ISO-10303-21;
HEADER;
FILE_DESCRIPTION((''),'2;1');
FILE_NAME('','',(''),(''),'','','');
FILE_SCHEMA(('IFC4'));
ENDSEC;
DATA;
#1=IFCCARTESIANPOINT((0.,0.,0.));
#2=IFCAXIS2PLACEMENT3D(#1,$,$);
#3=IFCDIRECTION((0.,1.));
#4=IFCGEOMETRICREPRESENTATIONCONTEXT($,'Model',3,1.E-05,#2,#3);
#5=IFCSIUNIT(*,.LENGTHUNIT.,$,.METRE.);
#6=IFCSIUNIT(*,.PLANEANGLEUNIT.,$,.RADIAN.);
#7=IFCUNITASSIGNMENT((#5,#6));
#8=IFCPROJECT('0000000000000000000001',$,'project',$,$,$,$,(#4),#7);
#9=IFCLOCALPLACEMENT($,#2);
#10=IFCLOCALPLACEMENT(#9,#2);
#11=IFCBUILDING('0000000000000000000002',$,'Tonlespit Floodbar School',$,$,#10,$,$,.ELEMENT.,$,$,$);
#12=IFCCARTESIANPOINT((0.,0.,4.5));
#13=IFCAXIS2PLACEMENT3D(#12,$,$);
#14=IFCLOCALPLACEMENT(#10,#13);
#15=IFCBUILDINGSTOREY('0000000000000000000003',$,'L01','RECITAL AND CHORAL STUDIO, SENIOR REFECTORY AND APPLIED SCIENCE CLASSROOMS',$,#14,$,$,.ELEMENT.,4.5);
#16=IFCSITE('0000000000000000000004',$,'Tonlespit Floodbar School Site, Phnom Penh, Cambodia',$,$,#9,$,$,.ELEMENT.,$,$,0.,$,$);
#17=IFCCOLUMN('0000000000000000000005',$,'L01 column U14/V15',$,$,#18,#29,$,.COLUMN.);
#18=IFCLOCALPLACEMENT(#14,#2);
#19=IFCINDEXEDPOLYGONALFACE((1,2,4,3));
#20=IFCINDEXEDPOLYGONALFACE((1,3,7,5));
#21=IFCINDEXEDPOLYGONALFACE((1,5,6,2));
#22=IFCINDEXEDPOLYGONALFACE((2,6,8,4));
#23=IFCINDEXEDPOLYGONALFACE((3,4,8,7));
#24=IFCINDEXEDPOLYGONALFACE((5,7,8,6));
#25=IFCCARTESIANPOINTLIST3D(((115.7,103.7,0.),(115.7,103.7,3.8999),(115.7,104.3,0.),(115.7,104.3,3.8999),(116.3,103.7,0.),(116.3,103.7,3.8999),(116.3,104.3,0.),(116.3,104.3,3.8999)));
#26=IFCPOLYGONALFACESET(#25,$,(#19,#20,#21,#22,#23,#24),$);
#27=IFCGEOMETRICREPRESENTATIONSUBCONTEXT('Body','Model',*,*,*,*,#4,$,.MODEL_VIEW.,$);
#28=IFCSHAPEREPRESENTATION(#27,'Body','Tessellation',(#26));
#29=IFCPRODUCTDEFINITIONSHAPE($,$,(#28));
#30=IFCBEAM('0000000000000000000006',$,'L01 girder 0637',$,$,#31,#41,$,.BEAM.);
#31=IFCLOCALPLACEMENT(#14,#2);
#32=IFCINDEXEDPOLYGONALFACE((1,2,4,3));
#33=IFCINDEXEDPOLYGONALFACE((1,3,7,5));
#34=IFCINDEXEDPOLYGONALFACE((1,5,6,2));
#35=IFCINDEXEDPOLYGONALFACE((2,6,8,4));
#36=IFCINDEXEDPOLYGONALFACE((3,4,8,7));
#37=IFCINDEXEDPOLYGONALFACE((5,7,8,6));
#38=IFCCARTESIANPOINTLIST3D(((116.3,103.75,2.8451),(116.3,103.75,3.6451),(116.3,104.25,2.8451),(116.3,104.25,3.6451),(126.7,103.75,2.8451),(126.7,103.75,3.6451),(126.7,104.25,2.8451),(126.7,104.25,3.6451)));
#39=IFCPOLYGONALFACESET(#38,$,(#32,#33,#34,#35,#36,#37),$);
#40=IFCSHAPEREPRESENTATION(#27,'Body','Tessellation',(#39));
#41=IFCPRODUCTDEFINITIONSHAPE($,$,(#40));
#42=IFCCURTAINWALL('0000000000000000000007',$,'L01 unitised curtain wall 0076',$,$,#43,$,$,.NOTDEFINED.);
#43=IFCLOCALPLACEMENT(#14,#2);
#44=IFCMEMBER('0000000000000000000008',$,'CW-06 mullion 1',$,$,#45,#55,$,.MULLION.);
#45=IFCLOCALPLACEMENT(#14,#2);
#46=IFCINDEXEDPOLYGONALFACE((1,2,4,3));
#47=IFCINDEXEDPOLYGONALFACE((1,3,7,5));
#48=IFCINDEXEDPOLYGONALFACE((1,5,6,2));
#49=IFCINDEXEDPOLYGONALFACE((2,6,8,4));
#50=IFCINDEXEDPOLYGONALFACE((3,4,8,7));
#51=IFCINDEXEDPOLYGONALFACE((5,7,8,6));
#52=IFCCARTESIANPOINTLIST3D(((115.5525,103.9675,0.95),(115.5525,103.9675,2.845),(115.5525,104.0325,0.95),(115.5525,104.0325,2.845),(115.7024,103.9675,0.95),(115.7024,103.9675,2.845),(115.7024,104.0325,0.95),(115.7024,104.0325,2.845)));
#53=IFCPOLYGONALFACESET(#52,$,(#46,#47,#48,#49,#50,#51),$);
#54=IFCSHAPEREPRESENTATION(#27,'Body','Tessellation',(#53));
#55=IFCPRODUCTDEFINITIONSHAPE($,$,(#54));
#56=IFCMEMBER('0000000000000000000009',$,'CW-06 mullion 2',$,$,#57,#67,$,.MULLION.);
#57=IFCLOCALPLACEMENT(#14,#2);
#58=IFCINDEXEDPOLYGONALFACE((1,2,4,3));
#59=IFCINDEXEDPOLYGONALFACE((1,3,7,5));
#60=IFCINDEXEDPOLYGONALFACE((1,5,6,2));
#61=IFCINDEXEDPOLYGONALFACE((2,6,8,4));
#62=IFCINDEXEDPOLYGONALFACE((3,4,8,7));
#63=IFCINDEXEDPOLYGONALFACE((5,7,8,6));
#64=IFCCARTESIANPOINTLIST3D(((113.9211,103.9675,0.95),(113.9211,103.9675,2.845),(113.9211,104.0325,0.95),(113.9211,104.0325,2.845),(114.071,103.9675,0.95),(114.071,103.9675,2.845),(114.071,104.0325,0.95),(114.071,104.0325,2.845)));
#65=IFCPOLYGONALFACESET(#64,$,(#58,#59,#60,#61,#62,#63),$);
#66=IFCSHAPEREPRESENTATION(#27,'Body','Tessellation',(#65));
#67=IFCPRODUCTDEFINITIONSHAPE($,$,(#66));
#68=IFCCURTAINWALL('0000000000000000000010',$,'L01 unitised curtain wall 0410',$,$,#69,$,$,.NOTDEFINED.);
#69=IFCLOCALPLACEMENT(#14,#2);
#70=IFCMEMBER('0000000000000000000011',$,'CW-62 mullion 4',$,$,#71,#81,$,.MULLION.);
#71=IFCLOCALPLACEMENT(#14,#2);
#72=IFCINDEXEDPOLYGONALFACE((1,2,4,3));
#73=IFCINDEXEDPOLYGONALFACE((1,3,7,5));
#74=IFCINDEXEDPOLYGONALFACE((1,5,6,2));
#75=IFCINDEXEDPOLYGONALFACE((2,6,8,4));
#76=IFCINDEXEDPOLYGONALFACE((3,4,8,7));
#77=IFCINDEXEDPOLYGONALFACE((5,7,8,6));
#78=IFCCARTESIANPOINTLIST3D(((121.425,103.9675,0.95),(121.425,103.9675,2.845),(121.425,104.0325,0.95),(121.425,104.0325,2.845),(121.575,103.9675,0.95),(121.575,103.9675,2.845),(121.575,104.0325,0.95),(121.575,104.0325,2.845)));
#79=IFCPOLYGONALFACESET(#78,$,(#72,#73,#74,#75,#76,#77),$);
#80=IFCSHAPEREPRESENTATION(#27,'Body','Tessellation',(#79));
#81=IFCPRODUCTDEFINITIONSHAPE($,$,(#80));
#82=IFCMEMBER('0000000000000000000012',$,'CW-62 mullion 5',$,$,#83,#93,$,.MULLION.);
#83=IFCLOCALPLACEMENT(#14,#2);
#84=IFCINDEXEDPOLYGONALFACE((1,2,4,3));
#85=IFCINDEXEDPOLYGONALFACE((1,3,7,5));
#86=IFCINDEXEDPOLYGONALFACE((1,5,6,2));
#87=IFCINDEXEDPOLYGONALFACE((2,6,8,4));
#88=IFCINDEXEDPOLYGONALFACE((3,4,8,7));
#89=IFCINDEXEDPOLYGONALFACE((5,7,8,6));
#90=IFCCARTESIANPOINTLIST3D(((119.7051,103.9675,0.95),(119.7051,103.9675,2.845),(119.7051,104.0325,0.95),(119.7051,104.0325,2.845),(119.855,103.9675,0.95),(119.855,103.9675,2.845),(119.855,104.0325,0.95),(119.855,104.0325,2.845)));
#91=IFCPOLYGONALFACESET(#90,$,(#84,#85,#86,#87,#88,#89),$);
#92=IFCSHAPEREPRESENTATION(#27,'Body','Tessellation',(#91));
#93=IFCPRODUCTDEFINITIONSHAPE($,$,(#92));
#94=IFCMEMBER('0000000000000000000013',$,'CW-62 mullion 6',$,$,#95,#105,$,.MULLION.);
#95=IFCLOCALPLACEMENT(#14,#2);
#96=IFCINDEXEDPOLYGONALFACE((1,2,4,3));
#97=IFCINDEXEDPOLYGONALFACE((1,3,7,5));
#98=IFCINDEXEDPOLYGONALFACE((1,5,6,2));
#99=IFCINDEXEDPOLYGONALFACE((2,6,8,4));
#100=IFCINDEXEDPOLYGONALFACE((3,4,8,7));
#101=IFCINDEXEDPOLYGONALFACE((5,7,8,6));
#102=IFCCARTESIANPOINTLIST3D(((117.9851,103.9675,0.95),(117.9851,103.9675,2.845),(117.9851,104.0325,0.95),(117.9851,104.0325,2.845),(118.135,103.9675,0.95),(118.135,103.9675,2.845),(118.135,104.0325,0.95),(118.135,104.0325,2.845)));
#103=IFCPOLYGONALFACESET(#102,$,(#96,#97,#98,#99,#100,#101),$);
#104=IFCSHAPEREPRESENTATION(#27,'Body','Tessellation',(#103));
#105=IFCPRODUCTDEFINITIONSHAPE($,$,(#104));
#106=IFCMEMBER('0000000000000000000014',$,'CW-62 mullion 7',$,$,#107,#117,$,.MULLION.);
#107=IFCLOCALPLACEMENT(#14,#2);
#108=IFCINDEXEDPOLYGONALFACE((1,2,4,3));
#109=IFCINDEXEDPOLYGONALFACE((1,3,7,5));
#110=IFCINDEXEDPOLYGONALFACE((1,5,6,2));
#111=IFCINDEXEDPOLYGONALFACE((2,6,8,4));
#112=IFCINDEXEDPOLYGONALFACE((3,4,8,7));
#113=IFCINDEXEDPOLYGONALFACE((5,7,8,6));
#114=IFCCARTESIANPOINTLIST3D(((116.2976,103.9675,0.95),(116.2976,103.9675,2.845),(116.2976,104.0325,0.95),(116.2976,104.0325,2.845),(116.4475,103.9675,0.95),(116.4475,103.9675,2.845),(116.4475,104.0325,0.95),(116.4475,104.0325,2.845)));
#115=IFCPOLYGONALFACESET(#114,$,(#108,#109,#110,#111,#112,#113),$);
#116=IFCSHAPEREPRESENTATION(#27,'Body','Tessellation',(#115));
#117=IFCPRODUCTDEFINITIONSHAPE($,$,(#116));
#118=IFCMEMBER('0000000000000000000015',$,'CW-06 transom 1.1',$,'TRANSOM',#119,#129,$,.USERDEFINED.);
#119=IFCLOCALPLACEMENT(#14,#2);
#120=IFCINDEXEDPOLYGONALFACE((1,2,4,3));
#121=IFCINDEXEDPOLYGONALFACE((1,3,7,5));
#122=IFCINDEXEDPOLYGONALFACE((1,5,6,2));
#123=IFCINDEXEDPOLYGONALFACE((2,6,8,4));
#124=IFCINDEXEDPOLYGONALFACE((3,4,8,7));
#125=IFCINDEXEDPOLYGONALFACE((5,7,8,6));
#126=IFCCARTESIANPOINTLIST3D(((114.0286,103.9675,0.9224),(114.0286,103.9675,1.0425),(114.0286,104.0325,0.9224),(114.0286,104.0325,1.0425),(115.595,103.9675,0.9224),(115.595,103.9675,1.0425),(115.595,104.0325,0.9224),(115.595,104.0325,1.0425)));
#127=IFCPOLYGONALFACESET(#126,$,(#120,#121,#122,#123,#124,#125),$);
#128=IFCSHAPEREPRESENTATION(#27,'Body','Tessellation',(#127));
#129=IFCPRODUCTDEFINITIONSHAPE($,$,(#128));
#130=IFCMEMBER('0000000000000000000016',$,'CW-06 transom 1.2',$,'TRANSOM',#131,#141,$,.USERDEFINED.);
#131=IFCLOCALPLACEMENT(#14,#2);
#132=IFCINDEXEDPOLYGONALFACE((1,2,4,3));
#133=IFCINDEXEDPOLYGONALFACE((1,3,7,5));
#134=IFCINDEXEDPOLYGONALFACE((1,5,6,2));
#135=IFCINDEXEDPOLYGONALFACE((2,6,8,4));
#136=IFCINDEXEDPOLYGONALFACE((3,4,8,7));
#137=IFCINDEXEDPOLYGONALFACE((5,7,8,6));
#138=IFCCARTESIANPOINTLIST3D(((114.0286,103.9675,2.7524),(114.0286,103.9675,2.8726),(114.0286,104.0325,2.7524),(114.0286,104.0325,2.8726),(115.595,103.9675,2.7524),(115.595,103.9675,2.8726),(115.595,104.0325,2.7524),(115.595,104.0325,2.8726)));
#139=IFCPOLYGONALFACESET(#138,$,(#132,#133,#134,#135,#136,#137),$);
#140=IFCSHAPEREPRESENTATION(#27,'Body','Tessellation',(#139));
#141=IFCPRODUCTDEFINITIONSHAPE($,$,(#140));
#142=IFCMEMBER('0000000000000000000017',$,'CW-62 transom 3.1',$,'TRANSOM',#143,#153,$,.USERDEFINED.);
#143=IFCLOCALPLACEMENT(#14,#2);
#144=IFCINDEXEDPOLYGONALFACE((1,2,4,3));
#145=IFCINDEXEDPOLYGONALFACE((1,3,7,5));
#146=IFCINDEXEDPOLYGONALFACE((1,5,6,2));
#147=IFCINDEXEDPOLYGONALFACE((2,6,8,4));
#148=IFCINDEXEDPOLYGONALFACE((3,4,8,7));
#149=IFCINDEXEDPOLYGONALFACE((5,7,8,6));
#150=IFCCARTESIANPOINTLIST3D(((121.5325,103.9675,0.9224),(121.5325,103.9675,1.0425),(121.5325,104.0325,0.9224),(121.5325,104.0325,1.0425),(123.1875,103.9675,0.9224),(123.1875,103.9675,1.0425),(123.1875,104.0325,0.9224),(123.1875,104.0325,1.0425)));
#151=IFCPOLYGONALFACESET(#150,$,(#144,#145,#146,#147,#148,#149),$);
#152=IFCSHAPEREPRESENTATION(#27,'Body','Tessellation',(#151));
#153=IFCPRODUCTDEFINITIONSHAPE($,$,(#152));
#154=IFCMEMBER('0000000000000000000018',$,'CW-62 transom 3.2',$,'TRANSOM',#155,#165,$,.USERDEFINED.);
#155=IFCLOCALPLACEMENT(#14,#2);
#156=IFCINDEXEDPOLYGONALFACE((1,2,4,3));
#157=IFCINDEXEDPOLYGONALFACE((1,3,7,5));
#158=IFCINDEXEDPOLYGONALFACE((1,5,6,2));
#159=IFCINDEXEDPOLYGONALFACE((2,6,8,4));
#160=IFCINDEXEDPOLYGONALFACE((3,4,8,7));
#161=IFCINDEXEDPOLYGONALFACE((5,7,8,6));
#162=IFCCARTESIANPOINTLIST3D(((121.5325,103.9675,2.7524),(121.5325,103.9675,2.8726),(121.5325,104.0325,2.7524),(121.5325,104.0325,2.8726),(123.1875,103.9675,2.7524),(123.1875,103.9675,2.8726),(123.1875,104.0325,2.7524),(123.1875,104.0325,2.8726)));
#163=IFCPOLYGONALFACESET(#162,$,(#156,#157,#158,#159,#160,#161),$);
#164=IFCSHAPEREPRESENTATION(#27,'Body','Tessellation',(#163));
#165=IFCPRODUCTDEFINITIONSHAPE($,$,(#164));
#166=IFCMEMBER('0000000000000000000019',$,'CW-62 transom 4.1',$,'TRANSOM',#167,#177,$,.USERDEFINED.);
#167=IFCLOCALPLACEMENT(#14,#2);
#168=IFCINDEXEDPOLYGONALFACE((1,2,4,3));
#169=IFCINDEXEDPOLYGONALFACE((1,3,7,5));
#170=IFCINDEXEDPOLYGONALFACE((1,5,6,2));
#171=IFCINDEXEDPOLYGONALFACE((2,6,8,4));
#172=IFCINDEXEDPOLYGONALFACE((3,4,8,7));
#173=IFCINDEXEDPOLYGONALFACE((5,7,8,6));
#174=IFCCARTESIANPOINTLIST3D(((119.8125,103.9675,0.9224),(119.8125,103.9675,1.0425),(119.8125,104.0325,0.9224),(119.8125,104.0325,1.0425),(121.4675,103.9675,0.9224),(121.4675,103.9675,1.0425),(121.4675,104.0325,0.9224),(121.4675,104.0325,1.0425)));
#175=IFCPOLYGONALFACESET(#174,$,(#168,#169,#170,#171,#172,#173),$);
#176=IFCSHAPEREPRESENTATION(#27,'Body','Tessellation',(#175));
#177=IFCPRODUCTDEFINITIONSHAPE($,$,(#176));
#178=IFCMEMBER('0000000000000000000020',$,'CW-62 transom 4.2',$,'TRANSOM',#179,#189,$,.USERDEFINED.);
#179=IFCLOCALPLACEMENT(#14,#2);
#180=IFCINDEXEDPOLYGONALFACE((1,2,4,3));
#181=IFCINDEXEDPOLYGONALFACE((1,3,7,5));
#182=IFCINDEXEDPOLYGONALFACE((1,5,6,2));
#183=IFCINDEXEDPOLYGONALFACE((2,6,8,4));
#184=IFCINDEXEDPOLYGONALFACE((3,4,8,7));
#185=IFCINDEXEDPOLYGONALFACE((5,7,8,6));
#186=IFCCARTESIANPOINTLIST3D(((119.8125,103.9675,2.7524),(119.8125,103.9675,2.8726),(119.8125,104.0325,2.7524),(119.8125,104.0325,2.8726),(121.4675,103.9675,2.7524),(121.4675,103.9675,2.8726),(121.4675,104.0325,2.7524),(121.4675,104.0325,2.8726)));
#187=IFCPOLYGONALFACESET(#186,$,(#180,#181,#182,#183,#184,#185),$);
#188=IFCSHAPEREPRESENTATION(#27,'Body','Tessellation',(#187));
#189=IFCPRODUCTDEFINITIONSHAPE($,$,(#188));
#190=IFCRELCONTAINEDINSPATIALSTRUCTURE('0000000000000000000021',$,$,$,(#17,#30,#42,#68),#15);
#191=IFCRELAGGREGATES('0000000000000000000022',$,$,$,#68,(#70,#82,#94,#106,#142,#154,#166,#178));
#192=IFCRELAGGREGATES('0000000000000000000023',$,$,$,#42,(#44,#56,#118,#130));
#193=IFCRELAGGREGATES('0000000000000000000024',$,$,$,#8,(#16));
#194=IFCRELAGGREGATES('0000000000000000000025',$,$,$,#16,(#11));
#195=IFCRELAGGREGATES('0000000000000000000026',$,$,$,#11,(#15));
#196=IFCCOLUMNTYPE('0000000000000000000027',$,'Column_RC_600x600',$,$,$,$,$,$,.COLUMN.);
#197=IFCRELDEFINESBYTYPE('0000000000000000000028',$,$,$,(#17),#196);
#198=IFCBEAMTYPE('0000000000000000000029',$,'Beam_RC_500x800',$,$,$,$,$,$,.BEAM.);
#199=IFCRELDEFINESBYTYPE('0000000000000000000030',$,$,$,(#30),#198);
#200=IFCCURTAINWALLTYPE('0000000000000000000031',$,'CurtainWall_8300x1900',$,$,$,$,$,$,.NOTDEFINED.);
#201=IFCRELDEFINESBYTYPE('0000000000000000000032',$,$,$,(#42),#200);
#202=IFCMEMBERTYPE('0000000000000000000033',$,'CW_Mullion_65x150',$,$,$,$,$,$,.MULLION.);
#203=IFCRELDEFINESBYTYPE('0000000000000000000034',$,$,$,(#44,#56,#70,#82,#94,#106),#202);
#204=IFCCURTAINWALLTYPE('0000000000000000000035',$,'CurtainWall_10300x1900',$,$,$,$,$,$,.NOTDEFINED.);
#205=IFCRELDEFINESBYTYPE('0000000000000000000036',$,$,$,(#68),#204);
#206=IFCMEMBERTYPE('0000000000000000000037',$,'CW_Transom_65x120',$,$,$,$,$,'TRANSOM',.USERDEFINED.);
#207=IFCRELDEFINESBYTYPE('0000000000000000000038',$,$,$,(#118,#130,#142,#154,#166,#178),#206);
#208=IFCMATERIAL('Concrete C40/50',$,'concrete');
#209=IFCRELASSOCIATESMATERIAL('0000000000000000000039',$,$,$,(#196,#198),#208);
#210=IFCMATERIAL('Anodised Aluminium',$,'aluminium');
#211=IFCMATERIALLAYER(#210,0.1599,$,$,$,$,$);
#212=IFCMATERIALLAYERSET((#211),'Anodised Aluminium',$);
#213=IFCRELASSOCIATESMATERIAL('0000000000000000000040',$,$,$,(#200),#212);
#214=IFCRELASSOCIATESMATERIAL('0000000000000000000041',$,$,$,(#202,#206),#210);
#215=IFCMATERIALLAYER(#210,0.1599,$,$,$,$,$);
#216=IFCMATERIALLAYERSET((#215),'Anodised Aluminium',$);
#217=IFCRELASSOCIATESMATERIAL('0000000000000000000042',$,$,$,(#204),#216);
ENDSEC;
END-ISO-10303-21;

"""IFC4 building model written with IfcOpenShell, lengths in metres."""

from ifc_helpers import new_model, si_unit, direction, frame, origin, origin_2d, place, context, subcontext, project, spatial, rectangle, extrude, material, layer, layer_set, material_profile, profile_set, type_object, element, aggregate, save


model = new_model("IFC4")

# Units and contexts
model_context = context("Model", 3, precision=1e-05, world=origin(), true_north=direction((0.0, 1.0)))
body_context = subcontext(model_context, "Body", "Model", "MODEL_VIEW")
ifc_project = project(units=[si_unit("LENGTHUNIT", "METRE"), si_unit("PLANEANGLEUNIT", "RADIAN")], contexts=[model_context])

# Site, building, storey
site_placement = place(None, origin())
site = spatial("IfcSite", under=ifc_project, at=site_placement, Name="Tonlespit Floodbar School Site, Phnom Penh, Cambodia", CompositionType="ELEMENT", RefElevation=0.0)
building_placement = place(site_placement, origin())
building = spatial("IfcBuilding", under=site, at=building_placement, Name="Tonlespit Floodbar School", CompositionType="ELEMENT")
storey_placement = place(building_placement, frame((0.0, 0.0, 4.5)))
storey = spatial("IfcBuildingStorey", under=building, at=storey_placement, Name="L01", Description="RECITAL AND CHORAL STUDIO, SENIOR REFECTORY AND APPLIED SCIENCE CLASSROOMS", CompositionType="ELEMENT", Elevation=4.5)

# Column
ifc_material_1 = material(Name="Concrete C40/50", Category="concrete")
ifc_material_profile_1 = material_profile(ifc_material_1, rectangle(XDim=0.6001, YDim=0.6001, at=origin_2d()), Name="RC 600x600")
ifc_profile_set_1 = profile_set([ifc_material_profile_1], Name="Concrete C40/50")
column_type = type_object("IfcColumnType", Name="Column_RC_600x600", PredefinedType="COLUMN", material=ifc_profile_set_1)
column_placement = place(storey_placement, frame((116.0, 104.0, 0.0), z_axis=(0.0, 0.0, 1.0), x_axis=(1.0, 0.0, 0.0)))
element("IfcColumn", 1, at=column_placement, inside=storey, type_object=column_type, Name="L01 column U14/V15", PredefinedType="COLUMN", context=body_context, shape_type="SweptSolid", body=[
    extrude(rectangle(XDim=0.6001, YDim=0.6001, at=origin_2d()), origin(), (0.0, 0.0, 1.0), 3.8999),
])

# Beam
ifc_material_profile_2 = material_profile(ifc_material_1, rectangle(XDim=0.5, YDim=0.8, at=origin_2d()), Name="RC 500x800")
ifc_profile_set_2 = profile_set([ifc_material_profile_2], Name="Concrete C40/50")
beam_type = type_object("IfcBeamType", Name="Beam_RC_500x800", PredefinedType="BEAM", material=ifc_profile_set_2)
beam_placement = place(storey_placement, frame((116.3, 104.0, 3.2451), z_axis=(1.0, 0.0, 0.0), x_axis=(0.0, 1.0, 0.0)))
element("IfcBeam", 2, at=beam_placement, inside=storey, type_object=beam_type, Name="L01 girder 0637", PredefinedType="BEAM", context=body_context, shape_type="SweptSolid", body=[
    extrude(rectangle(XDim=0.5, YDim=0.8, at=origin_2d()), origin(), (0.0, 0.0, 1.0), 10.3999),
])

# Curtain walls, members
ifc_material_2 = material(Name="Anodised Aluminium", Category="aluminium")
ifc_layer_1 = layer(ifc_material_2, 0.1599)
ifc_layer_set_1 = layer_set([ifc_layer_1], Name="Anodised Aluminium")
curtain_wall_type_1 = type_object("IfcCurtainWallType", Name="CurtainWall_8300x1900", PredefinedType="NOTDEFINED", material=ifc_layer_set_1)
curtain_wall_1_placement = place(storey_placement, origin())
curtain_wall_1 = element("IfcCurtainWall", 3, at=curtain_wall_1_placement, inside=storey, type_object=curtain_wall_type_1, Name="L01 unitised curtain wall 0076", PredefinedType="NOTDEFINED")
ifc_material_profile_3 = material_profile(ifc_material_2, rectangle(XDim=0.0649, YDim=0.1499, at=origin_2d()), Name="ALU M65x150")
ifc_profile_set_3 = profile_set([ifc_material_profile_3], Name="Anodised Aluminium")
member_type_1 = type_object("IfcMemberType", Name="CW_Mullion_65x150", PredefinedType="MULLION", material=ifc_profile_set_3)
member_1_placement = place(storey_placement, frame((115.6274, 104.0, 0.95), z_axis=(0.0, 0.0, 1.0), x_axis=(0.0, -1.0, 0.0)))
member_1 = element("IfcMember", 4, at=member_1_placement, type_object=member_type_1, Name="CW-06 mullion 1", PredefinedType="MULLION", context=body_context, shape_type="SweptSolid", body=[
    extrude(rectangle(XDim=0.0649, YDim=0.1499, at=origin_2d()), origin(), (0.0, 0.0, 1.0), 1.895),
])
member_2_placement = place(storey_placement, frame((113.9961, 104.0, 0.95), z_axis=(0.0, 0.0, 1.0), x_axis=(0.0, -1.0, 0.0)))
member_2 = element("IfcMember", 5, at=member_2_placement, type_object=member_type_1, Name="CW-06 mullion 2", PredefinedType="MULLION", context=body_context, shape_type="SweptSolid", body=[
    extrude(rectangle(XDim=0.0649, YDim=0.1499, at=origin_2d()), origin(), (0.0, 0.0, 1.0), 1.895),
])
ifc_layer_2 = layer(ifc_material_2, 0.1599)
ifc_layer_set_2 = layer_set([ifc_layer_2], Name="Anodised Aluminium")
curtain_wall_type_2 = type_object("IfcCurtainWallType", Name="CurtainWall_10300x1900", PredefinedType="NOTDEFINED", material=ifc_layer_set_2)
curtain_wall_2_placement = place(storey_placement, origin())
curtain_wall_2 = element("IfcCurtainWall", 6, at=curtain_wall_2_placement, inside=storey, type_object=curtain_wall_type_2, Name="L01 unitised curtain wall 0410", PredefinedType="NOTDEFINED")
member_3_placement = place(storey_placement, frame((121.5, 104.0, 0.95), z_axis=(0.0, 0.0, 1.0), x_axis=(0.0, -1.0, 0.0)))
member_3 = element("IfcMember", 7, at=member_3_placement, type_object=member_type_1, Name="CW-62 mullion 4", PredefinedType="MULLION", context=body_context, shape_type="SweptSolid", body=[
    extrude(rectangle(XDim=0.0649, YDim=0.1499, at=origin_2d()), origin(), (0.0, 0.0, 1.0), 1.895),
])
member_4_placement = place(storey_placement, frame((119.78, 104.0, 0.95), z_axis=(0.0, 0.0, 1.0), x_axis=(0.0, -1.0, 0.0)))
member_4 = element("IfcMember", 8, at=member_4_placement, type_object=member_type_1, Name="CW-62 mullion 5", PredefinedType="MULLION", context=body_context, shape_type="SweptSolid", body=[
    extrude(rectangle(XDim=0.0649, YDim=0.1499, at=origin_2d()), origin(), (0.0, 0.0, 1.0), 1.895),
])
member_5_placement = place(storey_placement, frame((118.0601, 104.0, 0.95), z_axis=(0.0, 0.0, 1.0), x_axis=(0.0, -1.0, 0.0)))
member_5 = element("IfcMember", 9, at=member_5_placement, type_object=member_type_1, Name="CW-62 mullion 6", PredefinedType="MULLION", context=body_context, shape_type="SweptSolid", body=[
    extrude(rectangle(XDim=0.0649, YDim=0.1499, at=origin_2d()), origin(), (0.0, 0.0, 1.0), 1.895),
])
member_6_placement = place(storey_placement, frame((116.3726, 104.0, 0.95), z_axis=(0.0, 0.0, 1.0), x_axis=(0.0, -1.0, 0.0)))
member_6 = element("IfcMember", 10, at=member_6_placement, type_object=member_type_1, Name="CW-62 mullion 7", PredefinedType="MULLION", context=body_context, shape_type="SweptSolid", body=[
    extrude(rectangle(XDim=0.0649, YDim=0.1499, at=origin_2d()), origin(), (0.0, 0.0, 1.0), 1.895),
])

# Members
ifc_material_profile_4 = material_profile(ifc_material_2, rectangle(XDim=0.0649, YDim=0.1201, at=origin_2d()), Name="ALU T65x120")
ifc_profile_set_4 = profile_set([ifc_material_profile_4], Name="Anodised Aluminium")
member_type_2 = type_object("IfcMemberType", Name="CW_Transom_65x120", ElementType="TRANSOM", PredefinedType="USERDEFINED", material=ifc_profile_set_4)
member_7_placement = place(storey_placement, frame((115.595, 104.0, 0.9824), z_axis=(-1.0, 0.0, 0.0), x_axis=(0.0, -1.0, 0.0)))
member_7 = element("IfcMember", 11, at=member_7_placement, type_object=member_type_2, Name="CW-06 transom 1.1", ObjectType="TRANSOM", PredefinedType="USERDEFINED", context=body_context, shape_type="SweptSolid", body=[
    extrude(rectangle(XDim=0.0649, YDim=0.1201, at=origin_2d()), origin(), (0.0, 0.0, 1.0), 1.5664),
])
member_8_placement = place(storey_placement, frame((115.595, 104.0, 2.8125), z_axis=(-1.0, 0.0, 0.0), x_axis=(0.0, -1.0, 0.0)))
member_8 = element("IfcMember", 12, at=member_8_placement, type_object=member_type_2, Name="CW-06 transom 1.2", ObjectType="TRANSOM", PredefinedType="USERDEFINED", context=body_context, shape_type="SweptSolid", body=[
    extrude(rectangle(XDim=0.0649, YDim=0.1201, at=origin_2d()), origin(), (0.0, 0.0, 1.0), 1.5664),
])
member_9_placement = place(storey_placement, frame((123.1875, 104.0, 0.9824), z_axis=(-1.0, 0.0, 0.0), x_axis=(0.0, -1.0, 0.0)))
member_9 = element("IfcMember", 13, at=member_9_placement, type_object=member_type_2, Name="CW-62 transom 3.1", ObjectType="TRANSOM", PredefinedType="USERDEFINED", context=body_context, shape_type="SweptSolid", body=[
    extrude(rectangle(XDim=0.0649, YDim=0.1201, at=origin_2d()), origin(), (0.0, 0.0, 1.0), 1.655),
])
member_10_placement = place(storey_placement, frame((123.1875, 104.0, 2.8125), z_axis=(-1.0, 0.0, 0.0), x_axis=(0.0, -1.0, 0.0)))
member_10 = element("IfcMember", 14, at=member_10_placement, type_object=member_type_2, Name="CW-62 transom 3.2", ObjectType="TRANSOM", PredefinedType="USERDEFINED", context=body_context, shape_type="SweptSolid", body=[
    extrude(rectangle(XDim=0.0649, YDim=0.1201, at=origin_2d()), origin(), (0.0, 0.0, 1.0), 1.655),
])
member_11_placement = place(storey_placement, frame((121.4675, 104.0, 0.9824), z_axis=(-1.0, 0.0, 0.0), x_axis=(0.0, -1.0, 0.0)))
member_11 = element("IfcMember", 15, at=member_11_placement, type_object=member_type_2, Name="CW-62 transom 4.1", ObjectType="TRANSOM", PredefinedType="USERDEFINED", context=body_context, shape_type="SweptSolid", body=[
    extrude(rectangle(XDim=0.0649, YDim=0.1201, at=origin_2d()), origin(), (0.0, 0.0, 1.0), 1.655),
])
member_12_placement = place(storey_placement, frame((121.4675, 104.0, 2.8125), z_axis=(-1.0, 0.0, 0.0), x_axis=(0.0, -1.0, 0.0)))
member_12 = element("IfcMember", 16, at=member_12_placement, type_object=member_type_2, Name="CW-62 transom 4.2", ObjectType="TRANSOM", PredefinedType="USERDEFINED", context=body_context, shape_type="SweptSolid", body=[
    extrude(rectangle(XDim=0.0649, YDim=0.1201, at=origin_2d()), origin(), (0.0, 0.0, 1.0), 1.655),
])

aggregate(curtain_wall_2, [member_3, member_4, member_5, member_6, member_9, member_10, member_11, member_12])
aggregate(curtain_wall_1, [member_1, member_2, member_7, member_8])

save(model, "model.ifc")
